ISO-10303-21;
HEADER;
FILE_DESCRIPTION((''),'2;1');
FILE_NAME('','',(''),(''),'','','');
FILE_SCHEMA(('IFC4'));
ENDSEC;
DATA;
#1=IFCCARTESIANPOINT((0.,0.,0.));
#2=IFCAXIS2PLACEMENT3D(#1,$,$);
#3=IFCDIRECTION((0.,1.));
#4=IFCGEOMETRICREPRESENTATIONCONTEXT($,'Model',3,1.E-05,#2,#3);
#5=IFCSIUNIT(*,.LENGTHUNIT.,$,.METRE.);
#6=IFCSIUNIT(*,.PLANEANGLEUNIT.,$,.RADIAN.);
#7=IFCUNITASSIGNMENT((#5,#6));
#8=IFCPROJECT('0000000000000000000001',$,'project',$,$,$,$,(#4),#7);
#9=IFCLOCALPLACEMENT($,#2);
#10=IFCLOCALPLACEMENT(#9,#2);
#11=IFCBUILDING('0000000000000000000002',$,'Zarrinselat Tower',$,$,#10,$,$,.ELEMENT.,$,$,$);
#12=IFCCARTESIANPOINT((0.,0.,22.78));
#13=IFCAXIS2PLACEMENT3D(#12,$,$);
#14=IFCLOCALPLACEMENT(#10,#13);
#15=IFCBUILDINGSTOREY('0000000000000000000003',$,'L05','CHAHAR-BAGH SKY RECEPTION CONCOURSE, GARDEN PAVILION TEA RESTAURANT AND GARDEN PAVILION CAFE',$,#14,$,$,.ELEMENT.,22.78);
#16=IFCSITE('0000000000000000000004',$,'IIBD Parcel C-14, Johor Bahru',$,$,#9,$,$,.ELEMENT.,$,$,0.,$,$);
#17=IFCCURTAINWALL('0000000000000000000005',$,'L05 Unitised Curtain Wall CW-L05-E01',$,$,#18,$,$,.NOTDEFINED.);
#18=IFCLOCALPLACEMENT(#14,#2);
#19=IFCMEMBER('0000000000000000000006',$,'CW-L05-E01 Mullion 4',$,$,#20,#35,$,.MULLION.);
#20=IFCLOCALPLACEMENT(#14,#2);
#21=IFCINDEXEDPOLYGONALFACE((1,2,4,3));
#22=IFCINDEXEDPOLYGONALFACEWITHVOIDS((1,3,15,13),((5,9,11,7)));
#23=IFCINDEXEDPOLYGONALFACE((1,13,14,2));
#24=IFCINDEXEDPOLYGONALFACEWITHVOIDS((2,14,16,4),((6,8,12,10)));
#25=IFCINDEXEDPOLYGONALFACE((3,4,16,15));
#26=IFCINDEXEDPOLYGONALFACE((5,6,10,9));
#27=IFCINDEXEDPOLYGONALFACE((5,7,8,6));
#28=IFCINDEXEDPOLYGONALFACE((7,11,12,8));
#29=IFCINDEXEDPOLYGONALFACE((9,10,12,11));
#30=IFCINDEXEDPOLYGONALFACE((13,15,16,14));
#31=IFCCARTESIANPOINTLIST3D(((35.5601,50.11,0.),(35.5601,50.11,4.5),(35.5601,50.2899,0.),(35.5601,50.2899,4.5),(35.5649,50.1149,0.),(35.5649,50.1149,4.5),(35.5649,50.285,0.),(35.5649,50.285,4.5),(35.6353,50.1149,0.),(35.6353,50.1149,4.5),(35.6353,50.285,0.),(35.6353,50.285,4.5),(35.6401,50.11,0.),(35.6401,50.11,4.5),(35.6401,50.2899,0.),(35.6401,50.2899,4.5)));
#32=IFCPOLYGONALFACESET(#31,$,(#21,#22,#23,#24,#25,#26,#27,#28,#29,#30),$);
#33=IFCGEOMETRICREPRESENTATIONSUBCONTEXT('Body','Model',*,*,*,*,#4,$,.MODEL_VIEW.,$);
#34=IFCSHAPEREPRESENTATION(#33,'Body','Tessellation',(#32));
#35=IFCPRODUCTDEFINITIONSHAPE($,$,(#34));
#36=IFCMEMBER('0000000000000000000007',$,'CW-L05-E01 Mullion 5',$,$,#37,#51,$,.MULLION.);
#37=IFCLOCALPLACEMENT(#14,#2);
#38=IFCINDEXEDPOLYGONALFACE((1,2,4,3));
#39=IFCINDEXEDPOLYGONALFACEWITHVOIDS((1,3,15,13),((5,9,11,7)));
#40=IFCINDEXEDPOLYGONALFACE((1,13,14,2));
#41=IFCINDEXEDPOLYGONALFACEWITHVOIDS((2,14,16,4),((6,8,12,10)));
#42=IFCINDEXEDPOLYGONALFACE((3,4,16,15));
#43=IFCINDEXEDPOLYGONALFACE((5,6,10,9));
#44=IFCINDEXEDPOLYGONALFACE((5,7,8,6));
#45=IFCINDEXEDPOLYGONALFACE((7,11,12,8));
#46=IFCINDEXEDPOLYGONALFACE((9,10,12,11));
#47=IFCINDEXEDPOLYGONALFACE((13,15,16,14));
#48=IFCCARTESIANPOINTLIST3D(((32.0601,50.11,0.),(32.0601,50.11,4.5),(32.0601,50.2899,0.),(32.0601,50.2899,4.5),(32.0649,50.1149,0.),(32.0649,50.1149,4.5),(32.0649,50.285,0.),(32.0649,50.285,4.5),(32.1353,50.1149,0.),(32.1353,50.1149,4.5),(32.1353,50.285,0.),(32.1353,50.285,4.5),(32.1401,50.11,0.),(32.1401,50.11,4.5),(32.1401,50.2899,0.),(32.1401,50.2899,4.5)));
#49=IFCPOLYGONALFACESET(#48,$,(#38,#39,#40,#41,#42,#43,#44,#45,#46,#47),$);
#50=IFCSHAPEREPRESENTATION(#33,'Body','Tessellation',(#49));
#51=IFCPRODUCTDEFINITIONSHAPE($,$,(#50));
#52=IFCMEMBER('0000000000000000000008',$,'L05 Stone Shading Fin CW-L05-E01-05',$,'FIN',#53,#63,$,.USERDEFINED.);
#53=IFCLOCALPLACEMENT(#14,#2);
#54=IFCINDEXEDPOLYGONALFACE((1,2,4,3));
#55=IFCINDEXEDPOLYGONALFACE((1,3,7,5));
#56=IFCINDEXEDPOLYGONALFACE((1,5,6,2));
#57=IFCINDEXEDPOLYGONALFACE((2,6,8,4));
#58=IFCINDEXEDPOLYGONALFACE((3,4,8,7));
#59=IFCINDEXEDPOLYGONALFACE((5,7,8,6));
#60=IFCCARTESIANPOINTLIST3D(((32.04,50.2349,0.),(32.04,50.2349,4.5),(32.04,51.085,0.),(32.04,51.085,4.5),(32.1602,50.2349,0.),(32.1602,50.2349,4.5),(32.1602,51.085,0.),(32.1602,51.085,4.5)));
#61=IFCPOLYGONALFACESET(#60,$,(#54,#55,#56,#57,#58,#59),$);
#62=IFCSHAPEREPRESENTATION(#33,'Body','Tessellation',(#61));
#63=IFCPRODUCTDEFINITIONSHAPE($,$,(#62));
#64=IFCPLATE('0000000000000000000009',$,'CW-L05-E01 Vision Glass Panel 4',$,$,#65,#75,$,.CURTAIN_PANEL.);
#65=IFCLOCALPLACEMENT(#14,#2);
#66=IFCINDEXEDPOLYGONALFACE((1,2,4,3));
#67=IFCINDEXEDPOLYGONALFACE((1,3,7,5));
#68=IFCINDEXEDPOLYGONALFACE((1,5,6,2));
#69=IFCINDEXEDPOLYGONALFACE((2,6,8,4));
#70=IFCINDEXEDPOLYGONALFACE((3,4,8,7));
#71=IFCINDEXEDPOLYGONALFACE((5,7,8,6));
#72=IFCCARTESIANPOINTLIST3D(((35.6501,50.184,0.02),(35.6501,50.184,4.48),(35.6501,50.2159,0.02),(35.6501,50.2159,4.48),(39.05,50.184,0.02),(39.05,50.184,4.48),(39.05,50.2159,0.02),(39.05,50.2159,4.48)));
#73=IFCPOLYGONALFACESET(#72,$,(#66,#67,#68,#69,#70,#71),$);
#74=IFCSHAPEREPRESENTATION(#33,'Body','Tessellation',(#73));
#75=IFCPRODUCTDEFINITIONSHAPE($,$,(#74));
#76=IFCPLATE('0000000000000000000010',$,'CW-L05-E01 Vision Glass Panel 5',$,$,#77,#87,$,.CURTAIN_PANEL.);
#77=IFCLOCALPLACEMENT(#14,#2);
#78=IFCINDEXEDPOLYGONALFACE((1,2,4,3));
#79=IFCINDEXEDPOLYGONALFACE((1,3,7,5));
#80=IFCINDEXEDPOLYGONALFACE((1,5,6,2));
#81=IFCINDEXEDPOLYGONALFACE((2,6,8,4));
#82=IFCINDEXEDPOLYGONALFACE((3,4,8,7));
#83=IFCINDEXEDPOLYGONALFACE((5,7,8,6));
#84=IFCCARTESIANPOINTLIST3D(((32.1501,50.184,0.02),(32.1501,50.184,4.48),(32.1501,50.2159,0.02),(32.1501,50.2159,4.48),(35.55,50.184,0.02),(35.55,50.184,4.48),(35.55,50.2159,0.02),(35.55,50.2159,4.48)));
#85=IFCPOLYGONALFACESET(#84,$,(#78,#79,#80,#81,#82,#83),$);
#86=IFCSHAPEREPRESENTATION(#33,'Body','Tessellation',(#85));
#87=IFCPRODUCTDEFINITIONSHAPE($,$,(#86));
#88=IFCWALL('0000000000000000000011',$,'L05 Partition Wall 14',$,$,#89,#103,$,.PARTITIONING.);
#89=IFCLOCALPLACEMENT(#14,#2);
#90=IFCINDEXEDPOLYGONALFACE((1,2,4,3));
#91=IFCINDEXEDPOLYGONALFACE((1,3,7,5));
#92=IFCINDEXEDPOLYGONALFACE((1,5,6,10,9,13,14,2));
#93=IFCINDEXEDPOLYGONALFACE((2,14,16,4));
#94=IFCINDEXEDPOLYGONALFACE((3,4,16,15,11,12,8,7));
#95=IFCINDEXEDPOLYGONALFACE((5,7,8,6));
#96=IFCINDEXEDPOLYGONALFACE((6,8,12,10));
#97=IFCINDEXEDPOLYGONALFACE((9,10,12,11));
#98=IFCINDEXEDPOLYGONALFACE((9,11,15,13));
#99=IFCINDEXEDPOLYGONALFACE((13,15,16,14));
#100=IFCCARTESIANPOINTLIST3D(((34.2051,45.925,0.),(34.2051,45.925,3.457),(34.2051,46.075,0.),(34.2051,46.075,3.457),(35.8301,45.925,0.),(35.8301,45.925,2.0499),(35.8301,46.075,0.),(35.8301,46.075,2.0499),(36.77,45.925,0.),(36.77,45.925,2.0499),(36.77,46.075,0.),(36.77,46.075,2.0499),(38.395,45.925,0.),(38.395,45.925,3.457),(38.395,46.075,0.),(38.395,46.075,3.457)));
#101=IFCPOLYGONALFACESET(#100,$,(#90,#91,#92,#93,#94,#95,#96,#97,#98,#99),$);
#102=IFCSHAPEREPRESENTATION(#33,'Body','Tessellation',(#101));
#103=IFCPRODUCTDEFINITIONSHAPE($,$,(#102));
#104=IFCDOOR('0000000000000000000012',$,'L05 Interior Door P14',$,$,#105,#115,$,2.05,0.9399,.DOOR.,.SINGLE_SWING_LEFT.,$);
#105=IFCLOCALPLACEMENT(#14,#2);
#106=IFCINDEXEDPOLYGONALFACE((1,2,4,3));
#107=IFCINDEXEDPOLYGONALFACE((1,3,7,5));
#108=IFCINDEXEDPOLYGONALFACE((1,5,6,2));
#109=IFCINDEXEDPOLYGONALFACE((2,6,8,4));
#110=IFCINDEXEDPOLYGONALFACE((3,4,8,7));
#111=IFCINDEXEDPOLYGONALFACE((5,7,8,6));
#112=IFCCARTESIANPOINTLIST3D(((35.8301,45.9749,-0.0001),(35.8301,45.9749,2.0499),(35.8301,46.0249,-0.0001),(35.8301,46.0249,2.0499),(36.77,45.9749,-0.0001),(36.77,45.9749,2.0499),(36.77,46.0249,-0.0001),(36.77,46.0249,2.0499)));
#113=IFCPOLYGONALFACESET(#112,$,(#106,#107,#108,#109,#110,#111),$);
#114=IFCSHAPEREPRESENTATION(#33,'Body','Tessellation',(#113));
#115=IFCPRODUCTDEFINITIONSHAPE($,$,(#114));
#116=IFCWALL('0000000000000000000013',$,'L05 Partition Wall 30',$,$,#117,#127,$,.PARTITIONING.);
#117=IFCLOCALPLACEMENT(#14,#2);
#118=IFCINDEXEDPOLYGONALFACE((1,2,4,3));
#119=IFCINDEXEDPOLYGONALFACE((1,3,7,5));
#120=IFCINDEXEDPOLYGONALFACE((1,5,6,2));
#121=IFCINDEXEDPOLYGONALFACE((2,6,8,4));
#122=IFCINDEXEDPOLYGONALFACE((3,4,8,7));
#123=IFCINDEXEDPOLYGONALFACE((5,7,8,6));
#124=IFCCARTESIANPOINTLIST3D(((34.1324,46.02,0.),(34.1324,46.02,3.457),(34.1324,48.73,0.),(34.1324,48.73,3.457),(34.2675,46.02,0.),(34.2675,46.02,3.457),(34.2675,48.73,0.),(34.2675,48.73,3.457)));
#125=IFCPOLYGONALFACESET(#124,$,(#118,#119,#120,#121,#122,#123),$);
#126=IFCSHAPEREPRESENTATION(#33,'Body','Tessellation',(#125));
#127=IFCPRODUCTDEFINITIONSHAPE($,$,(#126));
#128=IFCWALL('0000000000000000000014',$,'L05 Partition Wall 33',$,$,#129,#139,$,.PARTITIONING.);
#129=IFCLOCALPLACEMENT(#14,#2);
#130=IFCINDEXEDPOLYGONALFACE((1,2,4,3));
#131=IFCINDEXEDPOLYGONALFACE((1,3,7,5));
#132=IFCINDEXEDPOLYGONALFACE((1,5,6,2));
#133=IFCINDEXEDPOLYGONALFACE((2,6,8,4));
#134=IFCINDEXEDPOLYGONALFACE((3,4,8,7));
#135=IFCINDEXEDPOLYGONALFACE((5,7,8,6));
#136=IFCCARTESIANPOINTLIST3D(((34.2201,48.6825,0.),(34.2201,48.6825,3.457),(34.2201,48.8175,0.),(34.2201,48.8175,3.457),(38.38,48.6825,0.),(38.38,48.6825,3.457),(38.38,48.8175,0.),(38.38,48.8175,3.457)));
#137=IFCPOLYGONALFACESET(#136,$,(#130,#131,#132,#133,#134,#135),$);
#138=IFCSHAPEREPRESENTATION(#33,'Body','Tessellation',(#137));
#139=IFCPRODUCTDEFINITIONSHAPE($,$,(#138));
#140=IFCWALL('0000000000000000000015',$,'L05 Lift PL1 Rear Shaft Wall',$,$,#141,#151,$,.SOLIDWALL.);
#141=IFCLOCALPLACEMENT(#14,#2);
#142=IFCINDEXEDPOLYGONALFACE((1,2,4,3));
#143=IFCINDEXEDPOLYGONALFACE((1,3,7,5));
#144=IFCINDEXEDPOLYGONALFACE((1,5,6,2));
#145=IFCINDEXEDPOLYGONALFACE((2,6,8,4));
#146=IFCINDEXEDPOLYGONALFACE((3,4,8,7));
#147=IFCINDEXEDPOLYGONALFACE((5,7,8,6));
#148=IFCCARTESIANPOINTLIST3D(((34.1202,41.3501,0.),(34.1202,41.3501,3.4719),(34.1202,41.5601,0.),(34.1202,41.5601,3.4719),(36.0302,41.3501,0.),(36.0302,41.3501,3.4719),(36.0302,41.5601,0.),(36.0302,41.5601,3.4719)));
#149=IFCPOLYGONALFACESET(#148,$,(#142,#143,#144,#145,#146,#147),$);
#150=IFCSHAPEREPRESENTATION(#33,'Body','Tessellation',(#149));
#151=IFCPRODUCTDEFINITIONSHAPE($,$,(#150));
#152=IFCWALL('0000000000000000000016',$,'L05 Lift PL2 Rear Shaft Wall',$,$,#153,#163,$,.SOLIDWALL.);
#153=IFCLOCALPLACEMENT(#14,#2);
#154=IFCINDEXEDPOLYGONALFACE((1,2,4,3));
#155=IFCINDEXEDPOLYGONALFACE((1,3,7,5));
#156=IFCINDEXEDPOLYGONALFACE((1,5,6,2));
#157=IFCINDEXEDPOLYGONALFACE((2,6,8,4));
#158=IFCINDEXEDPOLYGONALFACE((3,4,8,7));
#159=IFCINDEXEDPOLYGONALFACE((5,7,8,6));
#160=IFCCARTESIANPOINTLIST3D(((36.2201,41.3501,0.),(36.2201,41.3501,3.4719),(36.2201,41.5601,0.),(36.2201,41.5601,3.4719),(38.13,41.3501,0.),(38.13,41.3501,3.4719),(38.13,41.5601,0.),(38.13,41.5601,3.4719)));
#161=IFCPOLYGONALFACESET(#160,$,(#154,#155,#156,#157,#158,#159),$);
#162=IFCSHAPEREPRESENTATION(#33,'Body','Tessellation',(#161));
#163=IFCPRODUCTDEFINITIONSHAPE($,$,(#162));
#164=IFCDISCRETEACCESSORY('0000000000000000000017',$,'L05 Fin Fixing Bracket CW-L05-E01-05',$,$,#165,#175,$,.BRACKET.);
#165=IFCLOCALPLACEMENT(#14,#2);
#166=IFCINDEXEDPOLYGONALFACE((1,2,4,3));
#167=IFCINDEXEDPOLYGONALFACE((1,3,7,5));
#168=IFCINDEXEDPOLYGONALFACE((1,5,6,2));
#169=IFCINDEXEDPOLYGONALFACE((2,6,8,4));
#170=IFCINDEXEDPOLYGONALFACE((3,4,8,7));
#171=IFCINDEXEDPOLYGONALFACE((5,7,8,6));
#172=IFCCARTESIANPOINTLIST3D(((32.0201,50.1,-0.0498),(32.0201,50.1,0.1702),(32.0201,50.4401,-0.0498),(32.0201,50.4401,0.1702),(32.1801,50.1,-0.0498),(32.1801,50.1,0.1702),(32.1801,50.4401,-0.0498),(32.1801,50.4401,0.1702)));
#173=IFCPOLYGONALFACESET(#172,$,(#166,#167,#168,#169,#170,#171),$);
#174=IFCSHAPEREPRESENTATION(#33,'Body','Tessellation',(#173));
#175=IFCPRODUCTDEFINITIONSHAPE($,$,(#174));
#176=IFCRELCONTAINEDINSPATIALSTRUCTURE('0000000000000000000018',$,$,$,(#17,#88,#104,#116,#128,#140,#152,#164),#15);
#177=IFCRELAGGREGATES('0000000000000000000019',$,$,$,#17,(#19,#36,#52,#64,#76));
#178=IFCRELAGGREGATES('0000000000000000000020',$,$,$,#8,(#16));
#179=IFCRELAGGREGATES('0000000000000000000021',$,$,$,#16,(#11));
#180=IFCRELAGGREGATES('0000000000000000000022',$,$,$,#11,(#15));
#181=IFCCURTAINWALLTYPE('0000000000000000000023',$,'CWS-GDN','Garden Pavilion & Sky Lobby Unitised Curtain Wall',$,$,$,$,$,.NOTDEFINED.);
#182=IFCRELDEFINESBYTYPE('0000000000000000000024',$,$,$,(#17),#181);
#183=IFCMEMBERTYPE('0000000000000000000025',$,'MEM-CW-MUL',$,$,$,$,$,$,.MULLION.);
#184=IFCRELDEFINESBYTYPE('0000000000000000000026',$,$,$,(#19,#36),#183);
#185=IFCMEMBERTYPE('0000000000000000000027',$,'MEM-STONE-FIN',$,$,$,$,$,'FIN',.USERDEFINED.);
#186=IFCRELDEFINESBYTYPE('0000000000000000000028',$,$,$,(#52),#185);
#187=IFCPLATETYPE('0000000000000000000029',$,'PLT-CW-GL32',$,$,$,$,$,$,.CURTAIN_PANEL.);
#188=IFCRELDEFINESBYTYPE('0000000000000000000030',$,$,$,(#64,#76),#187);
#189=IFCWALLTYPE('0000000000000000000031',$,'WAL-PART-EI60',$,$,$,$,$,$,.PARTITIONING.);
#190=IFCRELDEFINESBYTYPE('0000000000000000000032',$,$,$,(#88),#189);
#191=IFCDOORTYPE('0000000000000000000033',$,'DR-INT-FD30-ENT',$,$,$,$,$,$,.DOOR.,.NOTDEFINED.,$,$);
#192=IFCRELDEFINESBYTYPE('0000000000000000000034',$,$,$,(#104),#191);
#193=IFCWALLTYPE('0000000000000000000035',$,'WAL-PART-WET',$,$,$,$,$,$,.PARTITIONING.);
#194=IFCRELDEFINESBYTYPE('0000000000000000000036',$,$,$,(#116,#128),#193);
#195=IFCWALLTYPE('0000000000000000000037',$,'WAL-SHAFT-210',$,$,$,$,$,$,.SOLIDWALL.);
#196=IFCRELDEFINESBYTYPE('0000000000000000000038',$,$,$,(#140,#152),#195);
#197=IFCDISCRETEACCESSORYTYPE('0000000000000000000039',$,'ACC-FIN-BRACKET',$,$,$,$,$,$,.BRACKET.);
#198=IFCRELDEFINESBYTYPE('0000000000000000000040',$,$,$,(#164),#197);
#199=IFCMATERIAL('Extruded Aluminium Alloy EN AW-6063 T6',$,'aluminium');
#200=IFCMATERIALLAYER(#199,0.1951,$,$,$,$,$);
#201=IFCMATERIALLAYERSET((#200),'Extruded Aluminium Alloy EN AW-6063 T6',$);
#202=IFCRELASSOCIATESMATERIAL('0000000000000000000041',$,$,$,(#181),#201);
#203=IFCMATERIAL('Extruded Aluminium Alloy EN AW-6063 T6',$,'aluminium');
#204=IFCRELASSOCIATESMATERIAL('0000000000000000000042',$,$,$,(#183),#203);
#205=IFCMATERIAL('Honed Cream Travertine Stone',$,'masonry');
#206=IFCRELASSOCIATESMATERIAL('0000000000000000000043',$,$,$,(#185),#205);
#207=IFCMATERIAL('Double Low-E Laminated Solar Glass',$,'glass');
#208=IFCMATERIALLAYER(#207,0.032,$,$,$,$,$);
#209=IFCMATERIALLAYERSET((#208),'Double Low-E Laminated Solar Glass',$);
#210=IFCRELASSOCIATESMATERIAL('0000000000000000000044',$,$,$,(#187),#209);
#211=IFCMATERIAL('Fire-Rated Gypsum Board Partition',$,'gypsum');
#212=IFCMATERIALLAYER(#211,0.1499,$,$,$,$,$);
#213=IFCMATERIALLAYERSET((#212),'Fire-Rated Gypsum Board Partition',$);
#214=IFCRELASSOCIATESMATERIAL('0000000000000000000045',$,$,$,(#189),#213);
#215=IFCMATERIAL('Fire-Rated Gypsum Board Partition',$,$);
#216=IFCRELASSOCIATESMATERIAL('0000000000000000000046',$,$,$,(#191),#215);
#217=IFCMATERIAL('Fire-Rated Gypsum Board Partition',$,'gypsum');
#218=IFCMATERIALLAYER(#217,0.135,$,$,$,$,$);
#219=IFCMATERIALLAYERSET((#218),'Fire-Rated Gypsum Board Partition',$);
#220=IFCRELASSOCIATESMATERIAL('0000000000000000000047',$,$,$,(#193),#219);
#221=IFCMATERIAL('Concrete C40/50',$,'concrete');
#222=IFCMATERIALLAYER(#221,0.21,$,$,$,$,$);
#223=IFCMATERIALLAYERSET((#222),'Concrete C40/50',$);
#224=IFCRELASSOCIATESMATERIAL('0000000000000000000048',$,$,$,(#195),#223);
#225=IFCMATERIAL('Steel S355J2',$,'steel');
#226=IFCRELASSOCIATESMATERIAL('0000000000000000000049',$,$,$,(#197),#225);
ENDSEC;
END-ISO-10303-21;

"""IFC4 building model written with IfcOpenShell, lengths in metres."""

from ifc_helpers import new_model, si_unit, direction, frame, frame_2d, origin, origin_2d, place, context, subcontext, project, spatial, rectangle, hollow_rectangle, extrude, material, layer, layer_set, material_profile, profile_set, type_object, element, fill, aggregate, save


model = new_model("IFC4")

# Units and contexts
model_context = context("Model", 3, precision=1e-05, world=origin(), true_north=direction((0.0, 1.0)))
body_context = subcontext(model_context, "Body", "Model", "MODEL_VIEW")
ifc_project = project(units=[si_unit("LENGTHUNIT", "METRE"), si_unit("PLANEANGLEUNIT", "RADIAN")], contexts=[model_context])

# Site, building, storey
site_placement = place(None, origin())
site = spatial("IfcSite", under=ifc_project, at=site_placement, Name="IIBD Parcel C-14, Johor Bahru", CompositionType="ELEMENT", RefElevation=0.0)
building_placement = place(site_placement, origin())
building = spatial("IfcBuilding", under=site, at=building_placement, Name="Zarrinselat Tower", CompositionType="ELEMENT")
storey_placement = place(building_placement, frame((0.0, 0.0, 22.78)))
storey = spatial("IfcBuildingStorey", under=building, at=storey_placement, Name="L05", Description="CHAHAR-BAGH SKY RECEPTION CONCOURSE, GARDEN PAVILION TEA RESTAURANT AND GARDEN PAVILION CAFE", CompositionType="ELEMENT", Elevation=22.78)

# Curtain wall, members, plates
ifc_material_1 = material(Name="Extruded Aluminium Alloy EN AW-6063 T6", Category="aluminium")
ifc_layer_1 = layer(ifc_material_1, 0.1951)
ifc_layer_set_1 = layer_set([ifc_layer_1], Name="Extruded Aluminium Alloy EN AW-6063 T6")
curtain_wall_type = type_object("IfcCurtainWallType", Name="CWS-GDN", Description="Garden Pavilion & Sky Lobby Unitised Curtain Wall", PredefinedType="NOTDEFINED", material=ifc_layer_set_1)
curtain_wall_placement = place(storey_placement, origin())
curtain_wall = element("IfcCurtainWall", 1, at=curtain_wall_placement, inside=storey, type_object=curtain_wall_type, Name="L05 Unitised Curtain Wall CW-L05-E01", PredefinedType="NOTDEFINED")
ifc_material_2 = material(Name="Extruded Aluminium Alloy EN AW-6063 T6", Category="aluminium")
ifc_material_profile_1 = material_profile(ifc_material_2, hollow_rectangle(XDim=0.0801, YDim=0.1799, WallThickness=0.0049, at=origin_2d()), Name="RHS 180x80x5")
ifc_profile_set_1 = profile_set([ifc_material_profile_1], Name="Extruded Aluminium Alloy EN AW-6063 T6")
member_type_1 = type_object("IfcMemberType", Name="MEM-CW-MUL", PredefinedType="MULLION", material=ifc_profile_set_1)
member_1_placement = place(storey_placement, frame((35.6001, 50.2, 0.0), z_axis=(0.0, 0.0, 1.0), x_axis=(-1.0, 0.0, 0.0)))
member_1 = element("IfcMember", 2, at=member_1_placement, type_object=member_type_1, Name="CW-L05-E01 Mullion 4", PredefinedType="MULLION", context=body_context, shape_type="SweptSolid", body=[
    extrude(hollow_rectangle(XDim=0.0801, YDim=0.1799, WallThickness=0.0049, at=origin_2d()), origin(), (0.0, 0.0, 1.0), 4.5),
])
member_2_placement = place(storey_placement, frame((32.1001, 50.2, 0.0), z_axis=(0.0, 0.0, 1.0), x_axis=(-1.0, 0.0, 0.0)))
member_2 = element("IfcMember", 3, at=member_2_placement, type_object=member_type_1, Name="CW-L05-E01 Mullion 5", PredefinedType="MULLION", context=body_context, shape_type="SweptSolid", body=[
    extrude(hollow_rectangle(XDim=0.0801, YDim=0.1799, WallThickness=0.0049, at=origin_2d()), origin(), (0.0, 0.0, 1.0), 4.5),
])
ifc_material_3 = material(Name="Honed Cream Travertine Stone", Category="masonry")
ifc_material_profile_2 = material_profile(ifc_material_3, rectangle(XDim=0.1201, YDim=0.8501, at=origin_2d()), Name="FIN 850x120")
ifc_profile_set_2 = profile_set([ifc_material_profile_2], Name="Honed Cream Travertine Stone")
member_type_2 = type_object("IfcMemberType", Name="MEM-STONE-FIN", ElementType="FIN", PredefinedType="USERDEFINED", material=ifc_profile_set_2)
member_3_placement = place(storey_placement, frame((32.1001, 50.6599, 0.0), z_axis=(0.0, 0.0, 1.0), x_axis=(1.0, 0.0, 0.0)))
member_3 = element("IfcMember", 4, at=member_3_placement, type_object=member_type_2, Name="L05 Stone Shading Fin CW-L05-E01-05", ObjectType="FIN", PredefinedType="USERDEFINED", context=body_context, shape_type="SweptSolid", body=[
    extrude(rectangle(XDim=0.1201, YDim=0.8501, at=origin_2d()), origin(), (0.0, 0.0, 1.0), 4.5),
])
ifc_material_4 = material(Name="Double Low-E Laminated Solar Glass", Category="glass")
ifc_layer_2 = layer(ifc_material_4, 0.032)
ifc_layer_set_2 = layer_set([ifc_layer_2], Name="Double Low-E Laminated Solar Glass")
plate_type = type_object("IfcPlateType", Name="PLT-CW-GL32", PredefinedType="CURTAIN_PANEL", material=ifc_layer_set_2)
plate_1_placement = place(storey_placement, frame((37.3501, 50.2, 0.02), z_axis=(0.0, 0.0, 1.0), x_axis=(-1.0, 0.0, 0.0)))
plate_1 = element("IfcPlate", 5, at=plate_1_placement, type_object=plate_type, Name="CW-L05-E01 Vision Glass Panel 4", PredefinedType="CURTAIN_PANEL", context=body_context, shape_type="SweptSolid", body=[
    extrude(rectangle(XDim=3.3999, YDim=0.032, at=origin_2d()), origin(), (0.0, 0.0, 1.0), 4.46),
])
plate_2_placement = place(storey_placement, frame((33.8501, 50.2, 0.02), z_axis=(0.0, 0.0, 1.0), x_axis=(-1.0, 0.0, 0.0)))
plate_2 = element("IfcPlate", 6, at=plate_2_placement, type_object=plate_type, Name="CW-L05-E01 Vision Glass Panel 5", PredefinedType="CURTAIN_PANEL", context=body_context, shape_type="SweptSolid", body=[
    extrude(rectangle(XDim=3.3999, YDim=0.032, at=origin_2d()), origin(), (0.0, 0.0, 1.0), 4.46),
])
aggregate(curtain_wall, [member_1, member_2, member_3, plate_1, plate_2])

# Wall, opening, door
ifc_material_5 = material(Name="Fire-Rated Gypsum Board Partition", Category="gypsum")
ifc_layer_3 = layer(ifc_material_5, 0.1499)
ifc_layer_set_3 = layer_set([ifc_layer_3], Name="Fire-Rated Gypsum Board Partition")
wall_type_1 = type_object("IfcWallType", Name="WAL-PART-EI60", PredefinedType="PARTITIONING", material=ifc_layer_set_3)
wall_1_placement = place(storey_placement, frame((34.2051, 46.0, 0.0), z_axis=(0.0, 0.0, 1.0), x_axis=(1.0, 0.0, 0.0)))
wall_1 = element("IfcWall", 7, at=wall_1_placement, inside=storey, type_object=wall_type_1, Name="L05 Partition Wall 14", PredefinedType="PARTITIONING", context=body_context, shape_type="SweptSolid", body=[
    extrude(rectangle(XDim=4.1899, YDim=0.1499, at=frame_2d((2.095, 0.0))), origin(), (0.0, 0.0, 1.0), 3.457),
])
opening_placement = place(wall_1_placement, frame((1.625, 0.0, 0.0)))
opening = element("IfcOpeningElement", 8, at=opening_placement, cuts=wall_1, PredefinedType="OPENING", context=body_context, shape_type="SweptSolid", body=[
    extrude(rectangle(XDim=0.9399, YDim=2.05, at=frame_2d((0.47, 1.0249))), frame((0.0, 0.085, 0.0), z_axis=(0.0, -1.0, 0.0), x_axis=(1.0, 0.0, 0.0)), (0.0, 0.0, 1.0), 0.1699),
])
ifc_material_6 = material(Name="Fire-Rated Gypsum Board Partition")
door_type = type_object("IfcDoorType", Name="DR-INT-FD30-ENT", OperationType="NOTDEFINED", PredefinedType="DOOR", material=ifc_material_6)
door_placement = place(opening_placement, origin())
door = element("IfcDoor", 9, at=door_placement, inside=storey, type_object=door_type, Name="L05 Interior Door P14", OperationType="SINGLE_SWING_LEFT", OverallHeight=2.05, OverallWidth=0.9399, PredefinedType="DOOR", context=body_context, shape_type="SweptSolid", body=[
    extrude(rectangle(XDim=0.9399, YDim=2.05, at=frame_2d((0.47, 1.0249))), frame((0.0, 0.0249, 0.0), z_axis=(0.0, -1.0, 0.0), x_axis=(1.0, 0.0, 0.0)), (0.0, 0.0, 1.0), 0.05),
])
fill(opening, door)

# Walls
ifc_material_7 = material(Name="Fire-Rated Gypsum Board Partition", Category="gypsum")
ifc_layer_4 = layer(ifc_material_7, 0.135)
ifc_layer_set_4 = layer_set([ifc_layer_4], Name="Fire-Rated Gypsum Board Partition")
wall_type_2 = type_object("IfcWallType", Name="WAL-PART-WET", PredefinedType="PARTITIONING", material=ifc_layer_set_4)
wall_2_placement = place(storey_placement, frame((34.2, 46.02, 0.0), z_axis=(0.0, 0.0, 1.0), x_axis=(0.0, 1.0, 0.0)))
element("IfcWall", 10, at=wall_2_placement, inside=storey, type_object=wall_type_2, Name="L05 Partition Wall 30", PredefinedType="PARTITIONING", context=body_context, shape_type="SweptSolid", body=[
    extrude(rectangle(XDim=2.71, YDim=0.135, at=frame_2d((1.355, 0.0))), origin(), (0.0, 0.0, 1.0), 3.457),
])
wall_3_placement = place(storey_placement, frame((34.22, 48.75, 0.0), z_axis=(0.0, 0.0, 1.0), x_axis=(1.0, 0.0, 0.0)))
element("IfcWall", 11, at=wall_3_placement, inside=storey, type_object=wall_type_2, Name="L05 Partition Wall 33", PredefinedType="PARTITIONING", context=body_context, shape_type="SweptSolid", body=[
    extrude(rectangle(XDim=4.1599, YDim=0.135, at=frame_2d((2.0801, 0.0))), origin(), (0.0, 0.0, 1.0), 3.457),
])
ifc_material_8 = material(Name="Concrete C40/50", Category="concrete")
ifc_layer_5 = layer(ifc_material_8, 0.21)
ifc_layer_set_5 = layer_set([ifc_layer_5], Name="Concrete C40/50")
wall_type_3 = type_object("IfcWallType", Name="WAL-SHAFT-210", PredefinedType="SOLIDWALL", material=ifc_layer_set_5)
for number, where, z_axis, x_axis, name in (
    (12, (34.1201, 41.4551, 0.0), (0.0, 0.0, 1.0), (1.0, 0.0, 0.0), "L05 Lift PL1 Rear Shaft Wall"),
    (13, (36.22, 41.4551, 0.0), (0.0, 0.0, 1.0), (1.0, 0.0, 0.0), "L05 Lift PL2 Rear Shaft Wall"),
):
    element("IfcWall", number, at=place(storey_placement, frame(where, z_axis=z_axis, x_axis=x_axis)), inside=storey, type_object=wall_type_3, Name=name, PredefinedType="SOLIDWALL", context=body_context, shape_type="SweptSolid", body=[
        extrude(rectangle(XDim=1.9099, YDim=0.21, at=frame_2d((0.9551, 0.0))), origin(), (0.0, 0.0, 1.0), 3.4719),
    ])

# Discrete accessory
ifc_material_9 = material(Name="Steel S355J2", Category="steel")
discrete_accessory_type = type_object("IfcDiscreteAccessoryType", Name="ACC-FIN-BRACKET", PredefinedType="BRACKET", material=ifc_material_9)
discrete_accessory_placement = place(storey_placement, frame((32.1001, 50.27, -0.0498), z_axis=(0.0, 0.0, 1.0), x_axis=(0.0, 1.0, 0.0)))
element("IfcDiscreteAccessory", 14, at=discrete_accessory_placement, inside=storey, type_object=discrete_accessory_type, Name="L05 Fin Fixing Bracket CW-L05-E01-05", PredefinedType="BRACKET", context=body_context, shape_type="SweptSolid", body=[
    extrude(rectangle(XDim=0.3401, YDim=0.1599, at=origin_2d()), origin(), (0.0, 0.0, 1.0), 0.22),
])

save(model, "model.ifc")
